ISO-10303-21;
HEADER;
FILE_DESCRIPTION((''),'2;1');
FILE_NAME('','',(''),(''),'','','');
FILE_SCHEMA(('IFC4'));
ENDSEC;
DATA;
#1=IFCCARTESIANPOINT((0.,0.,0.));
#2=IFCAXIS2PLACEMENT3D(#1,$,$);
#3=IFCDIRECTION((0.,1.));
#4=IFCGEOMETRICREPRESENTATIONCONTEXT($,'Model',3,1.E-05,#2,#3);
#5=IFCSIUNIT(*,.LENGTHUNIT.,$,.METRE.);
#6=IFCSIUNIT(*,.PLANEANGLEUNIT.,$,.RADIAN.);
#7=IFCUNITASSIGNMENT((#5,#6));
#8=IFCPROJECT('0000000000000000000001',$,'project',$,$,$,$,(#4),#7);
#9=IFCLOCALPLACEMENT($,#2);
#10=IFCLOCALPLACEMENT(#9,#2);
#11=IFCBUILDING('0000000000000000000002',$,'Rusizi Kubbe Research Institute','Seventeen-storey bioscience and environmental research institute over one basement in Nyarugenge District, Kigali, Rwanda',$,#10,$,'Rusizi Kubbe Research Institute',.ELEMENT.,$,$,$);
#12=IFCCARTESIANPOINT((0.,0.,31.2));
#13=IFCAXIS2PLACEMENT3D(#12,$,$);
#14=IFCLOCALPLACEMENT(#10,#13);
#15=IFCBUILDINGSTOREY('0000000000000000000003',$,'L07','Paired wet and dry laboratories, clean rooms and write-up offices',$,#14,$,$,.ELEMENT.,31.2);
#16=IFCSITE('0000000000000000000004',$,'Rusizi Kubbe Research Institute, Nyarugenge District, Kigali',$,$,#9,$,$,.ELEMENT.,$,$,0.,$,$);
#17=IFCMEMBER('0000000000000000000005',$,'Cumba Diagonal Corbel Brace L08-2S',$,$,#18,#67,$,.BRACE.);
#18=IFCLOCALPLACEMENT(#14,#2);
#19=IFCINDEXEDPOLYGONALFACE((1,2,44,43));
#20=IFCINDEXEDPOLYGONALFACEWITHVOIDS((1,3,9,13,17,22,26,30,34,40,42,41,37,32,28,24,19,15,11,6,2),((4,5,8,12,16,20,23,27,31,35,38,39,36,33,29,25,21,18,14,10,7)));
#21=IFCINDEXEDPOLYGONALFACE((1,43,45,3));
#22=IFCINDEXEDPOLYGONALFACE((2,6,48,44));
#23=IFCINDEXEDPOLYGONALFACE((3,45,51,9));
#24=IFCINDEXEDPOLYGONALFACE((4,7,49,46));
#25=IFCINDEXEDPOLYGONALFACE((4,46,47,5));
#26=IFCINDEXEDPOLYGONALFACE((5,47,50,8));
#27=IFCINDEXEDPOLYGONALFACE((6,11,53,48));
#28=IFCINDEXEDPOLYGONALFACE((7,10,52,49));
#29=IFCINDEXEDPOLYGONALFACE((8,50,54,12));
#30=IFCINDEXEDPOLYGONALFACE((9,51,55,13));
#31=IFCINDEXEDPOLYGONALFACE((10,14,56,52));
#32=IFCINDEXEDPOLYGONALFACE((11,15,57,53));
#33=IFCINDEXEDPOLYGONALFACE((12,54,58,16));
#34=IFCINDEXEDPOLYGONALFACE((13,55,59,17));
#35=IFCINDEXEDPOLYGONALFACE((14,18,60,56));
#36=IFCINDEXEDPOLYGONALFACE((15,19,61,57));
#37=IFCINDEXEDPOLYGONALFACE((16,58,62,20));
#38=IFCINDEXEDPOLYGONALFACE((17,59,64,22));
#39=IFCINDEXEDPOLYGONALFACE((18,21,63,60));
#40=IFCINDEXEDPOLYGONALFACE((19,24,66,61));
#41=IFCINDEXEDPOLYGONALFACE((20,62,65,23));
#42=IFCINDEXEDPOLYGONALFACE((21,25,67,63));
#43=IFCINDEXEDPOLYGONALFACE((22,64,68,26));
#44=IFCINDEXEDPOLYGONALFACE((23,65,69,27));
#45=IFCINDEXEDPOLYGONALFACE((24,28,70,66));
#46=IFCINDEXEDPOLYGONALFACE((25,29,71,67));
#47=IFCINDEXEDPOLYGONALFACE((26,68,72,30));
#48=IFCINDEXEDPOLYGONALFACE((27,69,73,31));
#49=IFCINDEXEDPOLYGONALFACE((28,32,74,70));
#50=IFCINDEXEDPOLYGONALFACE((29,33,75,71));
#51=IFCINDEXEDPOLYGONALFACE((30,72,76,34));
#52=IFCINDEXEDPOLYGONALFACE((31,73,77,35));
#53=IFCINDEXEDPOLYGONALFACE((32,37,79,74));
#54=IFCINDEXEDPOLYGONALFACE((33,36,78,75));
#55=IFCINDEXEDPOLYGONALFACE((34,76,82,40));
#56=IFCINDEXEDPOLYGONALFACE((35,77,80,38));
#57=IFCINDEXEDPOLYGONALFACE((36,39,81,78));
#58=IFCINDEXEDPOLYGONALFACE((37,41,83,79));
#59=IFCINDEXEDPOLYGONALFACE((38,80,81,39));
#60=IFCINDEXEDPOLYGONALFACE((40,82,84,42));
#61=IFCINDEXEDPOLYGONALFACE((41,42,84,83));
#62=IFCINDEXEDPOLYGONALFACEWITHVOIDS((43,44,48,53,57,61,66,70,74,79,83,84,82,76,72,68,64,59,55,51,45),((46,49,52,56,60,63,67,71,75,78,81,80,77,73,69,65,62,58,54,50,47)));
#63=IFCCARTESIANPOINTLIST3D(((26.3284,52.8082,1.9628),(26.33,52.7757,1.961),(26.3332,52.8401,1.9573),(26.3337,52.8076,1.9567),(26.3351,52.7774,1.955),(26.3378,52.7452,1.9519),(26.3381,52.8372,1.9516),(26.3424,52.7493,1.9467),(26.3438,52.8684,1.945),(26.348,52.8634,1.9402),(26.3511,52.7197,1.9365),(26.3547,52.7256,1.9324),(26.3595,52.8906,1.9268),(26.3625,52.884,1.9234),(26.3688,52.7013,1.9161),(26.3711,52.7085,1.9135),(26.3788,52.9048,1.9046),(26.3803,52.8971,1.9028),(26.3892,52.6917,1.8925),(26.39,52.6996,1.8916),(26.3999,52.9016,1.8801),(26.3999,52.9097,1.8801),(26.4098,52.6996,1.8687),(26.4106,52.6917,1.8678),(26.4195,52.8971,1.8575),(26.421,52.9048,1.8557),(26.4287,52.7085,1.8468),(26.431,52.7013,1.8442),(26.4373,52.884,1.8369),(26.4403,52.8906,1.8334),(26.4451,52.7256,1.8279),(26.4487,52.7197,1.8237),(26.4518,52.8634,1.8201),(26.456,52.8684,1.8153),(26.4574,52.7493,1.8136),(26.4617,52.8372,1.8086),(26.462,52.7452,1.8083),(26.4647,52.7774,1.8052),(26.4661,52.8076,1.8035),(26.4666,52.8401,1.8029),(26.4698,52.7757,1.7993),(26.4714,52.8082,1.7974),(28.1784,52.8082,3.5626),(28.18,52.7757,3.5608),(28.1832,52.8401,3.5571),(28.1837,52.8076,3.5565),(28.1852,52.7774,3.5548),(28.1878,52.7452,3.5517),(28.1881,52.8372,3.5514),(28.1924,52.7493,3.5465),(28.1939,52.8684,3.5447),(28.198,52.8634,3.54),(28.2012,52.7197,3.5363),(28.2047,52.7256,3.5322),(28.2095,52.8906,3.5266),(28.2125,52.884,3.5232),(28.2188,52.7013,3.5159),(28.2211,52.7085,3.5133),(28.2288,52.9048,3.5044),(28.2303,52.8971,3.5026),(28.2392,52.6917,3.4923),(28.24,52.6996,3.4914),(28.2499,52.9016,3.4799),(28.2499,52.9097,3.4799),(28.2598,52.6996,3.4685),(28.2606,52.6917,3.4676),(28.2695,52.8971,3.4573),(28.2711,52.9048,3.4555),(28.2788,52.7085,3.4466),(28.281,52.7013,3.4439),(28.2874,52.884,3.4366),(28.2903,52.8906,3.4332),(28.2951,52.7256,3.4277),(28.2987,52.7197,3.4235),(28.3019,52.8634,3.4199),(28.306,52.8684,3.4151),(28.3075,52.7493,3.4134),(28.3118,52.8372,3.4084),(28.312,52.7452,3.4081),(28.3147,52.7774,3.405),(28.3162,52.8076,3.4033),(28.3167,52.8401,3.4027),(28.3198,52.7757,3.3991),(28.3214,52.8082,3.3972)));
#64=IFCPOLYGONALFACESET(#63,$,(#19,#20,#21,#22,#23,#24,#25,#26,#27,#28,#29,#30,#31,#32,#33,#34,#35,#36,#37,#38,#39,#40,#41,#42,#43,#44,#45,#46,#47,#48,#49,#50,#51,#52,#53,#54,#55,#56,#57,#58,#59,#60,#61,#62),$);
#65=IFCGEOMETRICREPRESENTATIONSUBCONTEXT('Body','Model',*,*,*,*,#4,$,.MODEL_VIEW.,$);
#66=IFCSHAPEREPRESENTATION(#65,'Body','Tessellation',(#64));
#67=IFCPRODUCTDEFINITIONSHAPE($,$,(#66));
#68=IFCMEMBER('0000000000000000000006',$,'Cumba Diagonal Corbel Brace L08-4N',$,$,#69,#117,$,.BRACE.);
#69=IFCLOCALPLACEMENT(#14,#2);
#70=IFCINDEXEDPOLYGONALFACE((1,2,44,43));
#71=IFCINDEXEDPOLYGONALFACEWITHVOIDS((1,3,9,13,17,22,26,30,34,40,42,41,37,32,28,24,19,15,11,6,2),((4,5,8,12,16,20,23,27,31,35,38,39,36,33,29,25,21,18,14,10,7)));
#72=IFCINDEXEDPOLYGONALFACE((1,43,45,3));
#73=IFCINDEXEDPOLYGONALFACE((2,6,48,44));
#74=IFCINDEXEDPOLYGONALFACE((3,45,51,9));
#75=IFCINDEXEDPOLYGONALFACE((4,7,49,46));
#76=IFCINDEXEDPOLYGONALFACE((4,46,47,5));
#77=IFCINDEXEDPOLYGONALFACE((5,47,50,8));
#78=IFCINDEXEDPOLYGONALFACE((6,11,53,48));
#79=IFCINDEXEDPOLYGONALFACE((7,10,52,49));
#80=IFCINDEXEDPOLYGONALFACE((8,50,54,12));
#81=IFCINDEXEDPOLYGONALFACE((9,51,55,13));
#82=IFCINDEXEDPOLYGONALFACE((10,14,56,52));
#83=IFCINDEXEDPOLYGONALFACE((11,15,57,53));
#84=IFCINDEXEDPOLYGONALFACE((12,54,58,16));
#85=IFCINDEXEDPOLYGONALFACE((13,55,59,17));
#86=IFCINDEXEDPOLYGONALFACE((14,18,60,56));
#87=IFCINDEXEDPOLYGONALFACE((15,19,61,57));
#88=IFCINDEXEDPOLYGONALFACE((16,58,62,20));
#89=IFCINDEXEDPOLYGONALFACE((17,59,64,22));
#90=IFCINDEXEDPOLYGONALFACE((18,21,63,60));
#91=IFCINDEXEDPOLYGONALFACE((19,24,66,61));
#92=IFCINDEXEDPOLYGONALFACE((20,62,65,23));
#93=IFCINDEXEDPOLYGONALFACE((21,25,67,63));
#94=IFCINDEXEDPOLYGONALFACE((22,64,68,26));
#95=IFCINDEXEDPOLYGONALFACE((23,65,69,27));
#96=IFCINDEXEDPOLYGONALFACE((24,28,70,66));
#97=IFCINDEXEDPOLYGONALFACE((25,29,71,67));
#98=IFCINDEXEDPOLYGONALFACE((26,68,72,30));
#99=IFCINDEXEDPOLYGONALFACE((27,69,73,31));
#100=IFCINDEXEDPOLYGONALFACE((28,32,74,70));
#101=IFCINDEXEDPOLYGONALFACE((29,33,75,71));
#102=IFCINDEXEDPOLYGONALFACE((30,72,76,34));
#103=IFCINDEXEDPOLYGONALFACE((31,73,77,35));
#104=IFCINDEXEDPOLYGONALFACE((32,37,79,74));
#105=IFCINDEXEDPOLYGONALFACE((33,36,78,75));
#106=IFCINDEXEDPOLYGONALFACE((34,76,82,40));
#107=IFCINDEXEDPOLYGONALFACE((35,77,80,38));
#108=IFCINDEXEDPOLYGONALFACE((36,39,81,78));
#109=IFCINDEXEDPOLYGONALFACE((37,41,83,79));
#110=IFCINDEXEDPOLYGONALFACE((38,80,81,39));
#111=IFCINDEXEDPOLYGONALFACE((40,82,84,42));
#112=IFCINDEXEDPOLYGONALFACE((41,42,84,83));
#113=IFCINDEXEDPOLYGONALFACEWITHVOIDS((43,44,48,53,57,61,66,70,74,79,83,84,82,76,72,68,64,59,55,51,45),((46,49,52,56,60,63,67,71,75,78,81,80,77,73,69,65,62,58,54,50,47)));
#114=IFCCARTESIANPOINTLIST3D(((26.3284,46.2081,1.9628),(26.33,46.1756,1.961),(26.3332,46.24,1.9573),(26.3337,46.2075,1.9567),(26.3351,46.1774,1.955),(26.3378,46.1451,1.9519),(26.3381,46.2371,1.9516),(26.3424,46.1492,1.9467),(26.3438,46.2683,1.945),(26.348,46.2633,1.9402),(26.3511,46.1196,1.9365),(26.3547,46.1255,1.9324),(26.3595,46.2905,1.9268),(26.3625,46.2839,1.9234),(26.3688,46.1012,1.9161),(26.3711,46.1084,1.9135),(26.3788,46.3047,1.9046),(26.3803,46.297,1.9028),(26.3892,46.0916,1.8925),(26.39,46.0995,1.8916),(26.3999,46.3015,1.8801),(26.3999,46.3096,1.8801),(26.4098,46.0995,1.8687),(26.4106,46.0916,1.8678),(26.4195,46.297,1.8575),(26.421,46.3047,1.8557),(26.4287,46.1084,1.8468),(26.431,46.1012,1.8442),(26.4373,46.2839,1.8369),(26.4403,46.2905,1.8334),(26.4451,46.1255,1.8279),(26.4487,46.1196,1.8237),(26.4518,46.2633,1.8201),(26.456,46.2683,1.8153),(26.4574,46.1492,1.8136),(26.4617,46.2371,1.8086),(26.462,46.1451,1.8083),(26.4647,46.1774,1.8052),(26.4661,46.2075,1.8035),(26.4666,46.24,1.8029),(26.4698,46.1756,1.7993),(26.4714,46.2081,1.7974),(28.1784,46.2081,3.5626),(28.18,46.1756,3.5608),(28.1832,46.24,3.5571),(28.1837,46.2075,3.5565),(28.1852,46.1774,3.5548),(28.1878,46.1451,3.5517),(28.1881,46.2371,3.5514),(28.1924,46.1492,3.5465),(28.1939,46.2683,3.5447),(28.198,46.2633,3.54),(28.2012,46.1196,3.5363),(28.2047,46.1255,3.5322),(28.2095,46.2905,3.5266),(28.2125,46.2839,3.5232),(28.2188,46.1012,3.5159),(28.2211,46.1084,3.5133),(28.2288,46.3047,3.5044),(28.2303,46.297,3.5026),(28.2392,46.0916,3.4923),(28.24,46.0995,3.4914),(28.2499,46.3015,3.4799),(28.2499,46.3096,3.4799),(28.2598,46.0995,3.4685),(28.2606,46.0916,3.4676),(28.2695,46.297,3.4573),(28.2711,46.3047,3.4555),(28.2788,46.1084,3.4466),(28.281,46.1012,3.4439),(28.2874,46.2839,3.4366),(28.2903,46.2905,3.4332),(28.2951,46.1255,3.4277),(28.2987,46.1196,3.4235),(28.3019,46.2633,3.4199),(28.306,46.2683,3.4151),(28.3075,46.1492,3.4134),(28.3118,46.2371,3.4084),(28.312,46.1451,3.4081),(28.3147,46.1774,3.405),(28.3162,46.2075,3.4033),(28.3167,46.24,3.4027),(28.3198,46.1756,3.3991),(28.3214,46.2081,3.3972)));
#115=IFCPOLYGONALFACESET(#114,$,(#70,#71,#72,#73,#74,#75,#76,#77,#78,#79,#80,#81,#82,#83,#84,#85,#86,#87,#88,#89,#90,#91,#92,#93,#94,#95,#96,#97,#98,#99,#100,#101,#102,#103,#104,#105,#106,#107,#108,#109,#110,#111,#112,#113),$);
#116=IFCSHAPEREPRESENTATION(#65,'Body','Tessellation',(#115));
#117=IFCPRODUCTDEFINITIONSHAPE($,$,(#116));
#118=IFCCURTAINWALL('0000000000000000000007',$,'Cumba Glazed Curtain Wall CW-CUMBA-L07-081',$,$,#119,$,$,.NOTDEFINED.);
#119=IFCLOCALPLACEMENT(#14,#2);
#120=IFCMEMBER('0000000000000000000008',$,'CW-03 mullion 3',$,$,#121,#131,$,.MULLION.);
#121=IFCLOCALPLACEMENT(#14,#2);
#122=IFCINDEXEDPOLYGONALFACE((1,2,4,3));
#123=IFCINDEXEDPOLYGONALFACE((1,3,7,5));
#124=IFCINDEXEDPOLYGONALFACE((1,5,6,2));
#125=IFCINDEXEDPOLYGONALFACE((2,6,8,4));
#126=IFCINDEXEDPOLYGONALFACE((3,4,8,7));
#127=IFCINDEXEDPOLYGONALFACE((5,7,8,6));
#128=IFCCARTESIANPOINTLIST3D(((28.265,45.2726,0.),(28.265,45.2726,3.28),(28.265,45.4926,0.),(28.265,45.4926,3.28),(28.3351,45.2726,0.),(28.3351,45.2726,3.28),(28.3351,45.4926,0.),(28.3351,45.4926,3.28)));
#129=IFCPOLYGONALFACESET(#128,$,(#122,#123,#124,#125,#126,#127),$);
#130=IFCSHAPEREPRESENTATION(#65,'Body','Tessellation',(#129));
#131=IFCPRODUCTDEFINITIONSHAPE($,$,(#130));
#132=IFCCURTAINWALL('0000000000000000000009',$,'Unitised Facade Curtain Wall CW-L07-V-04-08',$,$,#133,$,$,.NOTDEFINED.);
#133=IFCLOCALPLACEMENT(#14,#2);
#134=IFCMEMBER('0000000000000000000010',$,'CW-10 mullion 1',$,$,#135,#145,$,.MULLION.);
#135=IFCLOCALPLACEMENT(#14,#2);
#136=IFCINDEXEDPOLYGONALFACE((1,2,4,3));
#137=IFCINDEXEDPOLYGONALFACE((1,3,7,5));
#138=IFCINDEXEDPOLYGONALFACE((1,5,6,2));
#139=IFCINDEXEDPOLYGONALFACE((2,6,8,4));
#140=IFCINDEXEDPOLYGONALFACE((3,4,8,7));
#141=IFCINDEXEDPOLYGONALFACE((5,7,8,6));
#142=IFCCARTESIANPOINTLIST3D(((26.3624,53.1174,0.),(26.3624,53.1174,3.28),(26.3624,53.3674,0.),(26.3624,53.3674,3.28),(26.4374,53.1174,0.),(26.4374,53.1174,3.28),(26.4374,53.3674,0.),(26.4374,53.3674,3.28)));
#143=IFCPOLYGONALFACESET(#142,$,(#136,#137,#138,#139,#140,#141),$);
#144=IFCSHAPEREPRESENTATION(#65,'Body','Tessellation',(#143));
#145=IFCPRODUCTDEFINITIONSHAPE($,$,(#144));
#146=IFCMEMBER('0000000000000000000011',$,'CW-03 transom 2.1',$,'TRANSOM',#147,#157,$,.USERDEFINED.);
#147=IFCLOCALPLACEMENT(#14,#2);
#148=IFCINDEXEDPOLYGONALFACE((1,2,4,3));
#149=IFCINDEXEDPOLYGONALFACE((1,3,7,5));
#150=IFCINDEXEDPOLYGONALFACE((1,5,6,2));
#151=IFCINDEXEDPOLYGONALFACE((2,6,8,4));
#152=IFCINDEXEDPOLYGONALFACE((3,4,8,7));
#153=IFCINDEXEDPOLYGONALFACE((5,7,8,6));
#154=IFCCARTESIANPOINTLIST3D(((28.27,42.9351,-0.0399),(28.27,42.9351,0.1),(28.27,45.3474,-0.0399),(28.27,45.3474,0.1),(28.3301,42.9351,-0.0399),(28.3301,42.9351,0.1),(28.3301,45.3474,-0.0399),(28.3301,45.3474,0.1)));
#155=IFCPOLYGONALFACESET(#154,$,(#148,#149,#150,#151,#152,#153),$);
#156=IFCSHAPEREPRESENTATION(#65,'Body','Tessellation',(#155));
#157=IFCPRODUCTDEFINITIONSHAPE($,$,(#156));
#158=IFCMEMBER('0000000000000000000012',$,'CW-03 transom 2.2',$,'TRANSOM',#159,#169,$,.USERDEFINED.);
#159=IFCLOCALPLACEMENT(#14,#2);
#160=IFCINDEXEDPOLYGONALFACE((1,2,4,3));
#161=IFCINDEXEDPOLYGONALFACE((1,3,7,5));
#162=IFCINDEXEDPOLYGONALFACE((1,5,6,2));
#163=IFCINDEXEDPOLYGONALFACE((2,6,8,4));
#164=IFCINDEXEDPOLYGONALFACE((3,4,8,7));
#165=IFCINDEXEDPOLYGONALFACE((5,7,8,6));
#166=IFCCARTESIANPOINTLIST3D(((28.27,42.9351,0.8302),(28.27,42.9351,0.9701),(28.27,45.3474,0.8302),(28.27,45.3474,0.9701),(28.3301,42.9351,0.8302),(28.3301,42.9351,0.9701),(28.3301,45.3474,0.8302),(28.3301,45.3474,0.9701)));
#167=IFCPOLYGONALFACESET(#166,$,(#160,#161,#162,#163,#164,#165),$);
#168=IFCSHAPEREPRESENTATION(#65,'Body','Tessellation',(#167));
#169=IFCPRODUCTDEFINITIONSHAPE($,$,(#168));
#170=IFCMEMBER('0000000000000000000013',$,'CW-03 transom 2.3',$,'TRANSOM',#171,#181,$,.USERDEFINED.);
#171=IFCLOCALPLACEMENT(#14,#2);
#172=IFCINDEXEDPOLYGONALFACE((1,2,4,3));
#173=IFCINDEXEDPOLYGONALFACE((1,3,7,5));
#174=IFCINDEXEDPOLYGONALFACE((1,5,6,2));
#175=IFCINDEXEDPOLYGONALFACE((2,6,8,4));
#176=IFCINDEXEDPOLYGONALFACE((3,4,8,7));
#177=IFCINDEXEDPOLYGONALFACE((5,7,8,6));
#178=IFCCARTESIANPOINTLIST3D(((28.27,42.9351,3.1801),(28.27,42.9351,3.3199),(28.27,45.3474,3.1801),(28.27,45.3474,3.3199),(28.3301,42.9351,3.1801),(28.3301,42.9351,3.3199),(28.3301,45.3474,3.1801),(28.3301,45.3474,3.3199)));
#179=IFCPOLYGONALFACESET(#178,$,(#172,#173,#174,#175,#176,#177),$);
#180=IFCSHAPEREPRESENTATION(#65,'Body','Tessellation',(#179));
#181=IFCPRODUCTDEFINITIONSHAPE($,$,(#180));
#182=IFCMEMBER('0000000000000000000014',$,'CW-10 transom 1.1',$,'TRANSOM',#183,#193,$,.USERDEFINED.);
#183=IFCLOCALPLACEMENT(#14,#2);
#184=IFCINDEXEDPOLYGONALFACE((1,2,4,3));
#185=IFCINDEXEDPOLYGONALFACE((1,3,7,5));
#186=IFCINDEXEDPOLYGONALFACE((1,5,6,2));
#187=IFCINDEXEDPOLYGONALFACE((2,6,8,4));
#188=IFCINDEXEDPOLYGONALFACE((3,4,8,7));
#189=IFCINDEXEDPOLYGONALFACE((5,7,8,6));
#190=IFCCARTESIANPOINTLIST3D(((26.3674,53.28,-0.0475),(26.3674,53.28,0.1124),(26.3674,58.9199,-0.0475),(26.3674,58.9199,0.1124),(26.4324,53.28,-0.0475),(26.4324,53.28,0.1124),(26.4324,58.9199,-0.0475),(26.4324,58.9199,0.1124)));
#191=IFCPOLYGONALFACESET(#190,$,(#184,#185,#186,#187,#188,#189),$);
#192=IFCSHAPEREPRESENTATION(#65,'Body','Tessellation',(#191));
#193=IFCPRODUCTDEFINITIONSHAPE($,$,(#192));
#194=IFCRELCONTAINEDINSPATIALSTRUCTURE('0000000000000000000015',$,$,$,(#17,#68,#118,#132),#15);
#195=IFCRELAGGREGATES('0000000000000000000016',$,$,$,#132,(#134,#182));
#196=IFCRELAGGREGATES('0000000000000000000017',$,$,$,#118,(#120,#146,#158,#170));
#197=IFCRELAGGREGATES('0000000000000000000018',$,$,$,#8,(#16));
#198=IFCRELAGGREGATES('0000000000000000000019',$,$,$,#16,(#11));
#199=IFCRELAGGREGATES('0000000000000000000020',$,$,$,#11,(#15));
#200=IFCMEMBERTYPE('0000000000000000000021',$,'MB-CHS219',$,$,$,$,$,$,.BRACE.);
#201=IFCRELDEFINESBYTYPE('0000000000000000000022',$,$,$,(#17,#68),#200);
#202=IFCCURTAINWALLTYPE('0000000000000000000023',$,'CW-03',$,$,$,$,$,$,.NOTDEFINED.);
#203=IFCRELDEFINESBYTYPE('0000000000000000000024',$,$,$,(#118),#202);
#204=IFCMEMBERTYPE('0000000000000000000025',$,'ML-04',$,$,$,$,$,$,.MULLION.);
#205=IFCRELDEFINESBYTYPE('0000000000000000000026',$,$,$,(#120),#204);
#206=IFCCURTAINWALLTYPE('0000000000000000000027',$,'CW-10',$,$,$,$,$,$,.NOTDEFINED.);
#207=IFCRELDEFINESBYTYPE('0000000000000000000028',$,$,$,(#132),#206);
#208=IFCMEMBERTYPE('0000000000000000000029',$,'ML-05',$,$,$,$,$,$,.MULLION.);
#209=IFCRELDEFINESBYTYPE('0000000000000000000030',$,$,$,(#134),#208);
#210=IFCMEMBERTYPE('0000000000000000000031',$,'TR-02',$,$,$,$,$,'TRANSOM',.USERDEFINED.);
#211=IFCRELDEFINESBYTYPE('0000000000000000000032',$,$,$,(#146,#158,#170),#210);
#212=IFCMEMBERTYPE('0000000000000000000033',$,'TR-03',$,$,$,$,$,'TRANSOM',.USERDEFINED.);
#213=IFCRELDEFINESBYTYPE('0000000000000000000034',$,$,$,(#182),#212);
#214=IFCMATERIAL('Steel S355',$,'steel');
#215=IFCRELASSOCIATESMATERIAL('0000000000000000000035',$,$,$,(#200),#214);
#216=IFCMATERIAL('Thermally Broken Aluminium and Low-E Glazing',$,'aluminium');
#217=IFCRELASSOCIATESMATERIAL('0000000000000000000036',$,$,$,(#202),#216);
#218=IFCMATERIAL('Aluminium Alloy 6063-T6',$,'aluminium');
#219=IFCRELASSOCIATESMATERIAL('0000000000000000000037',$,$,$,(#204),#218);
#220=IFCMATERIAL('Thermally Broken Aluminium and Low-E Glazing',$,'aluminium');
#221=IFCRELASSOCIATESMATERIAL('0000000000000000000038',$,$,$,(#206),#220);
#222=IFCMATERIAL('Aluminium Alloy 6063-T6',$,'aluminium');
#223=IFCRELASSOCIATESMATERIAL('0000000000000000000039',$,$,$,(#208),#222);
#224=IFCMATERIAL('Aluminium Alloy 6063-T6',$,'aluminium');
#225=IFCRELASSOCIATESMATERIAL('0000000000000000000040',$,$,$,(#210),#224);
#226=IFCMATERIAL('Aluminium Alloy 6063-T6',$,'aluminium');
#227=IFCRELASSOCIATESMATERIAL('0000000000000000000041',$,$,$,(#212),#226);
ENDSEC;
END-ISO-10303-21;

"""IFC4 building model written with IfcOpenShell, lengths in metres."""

from ifc_helpers import new_model, si_unit, direction, frame, origin, origin_2d, place, context, subcontext, project, spatial, rectangle, hollow_circle, extrude, material, material_profile, profile_set, type_object, element, aggregate, save


model = new_model("IFC4")

# Units and contexts
model_context = context("Model", 3, precision=1e-05, world=origin(), true_north=direction((0.0, 1.0)))
body_context = subcontext(model_context, "Body", "Model", "MODEL_VIEW")
ifc_project = project(units=[si_unit("LENGTHUNIT", "METRE"), si_unit("PLANEANGLEUNIT", "RADIAN")], contexts=[model_context])

# Site, building, storey
site_placement = place(None, origin())
site = spatial("IfcSite", under=ifc_project, at=site_placement, Name="Rusizi Kubbe Research Institute, Nyarugenge District, Kigali", CompositionType="ELEMENT", RefElevation=0.0)
building_placement = place(site_placement, origin())
building = spatial("IfcBuilding", under=site, at=building_placement, Name="Rusizi Kubbe Research Institute", Description="Seventeen-storey bioscience and environmental research institute over one basement in Nyarugenge District, Kigali, Rwanda", LongName="Rusizi Kubbe Research Institute", CompositionType="ELEMENT")
storey_placement = place(building_placement, frame((0.0, 0.0, 31.2)))
storey = spatial("IfcBuildingStorey", under=building, at=storey_placement, Name="L07", Description="Paired wet and dry laboratories, clean rooms and write-up offices", CompositionType="ELEMENT", Elevation=31.2)

# Members
ifc_material_1 = material(Name="Steel S355", Category="steel")
ifc_material_profile_1 = material_profile(ifc_material_1, hollow_circle(Radius=0.1096, WallThickness=0.0081, at=origin_2d()), Name="CHS 219.1x8.0")
ifc_profile_set_1 = profile_set([ifc_material_profile_1], Name="Steel S355")
member_type_1 = type_object("IfcMemberType", Name="MB-CHS219", PredefinedType="BRACE", material=ifc_profile_set_1)
for number, where, z_axis, x_axis, name in (
    (1, (26.3999, 52.8, 1.8801), (0.75641, 0.0, 0.654098), (0.0, 1.0, 0.0), "Cumba Diagonal Corbel Brace L08-2S"),
    (2, (26.3999, 46.2, 1.8801), (0.75641, 0.0, 0.654098), (0.0, 1.0, 0.0), "Cumba Diagonal Corbel Brace L08-4N"),
):
    element("IfcMember", number, at=place(storey_placement, frame(where, z_axis=z_axis, x_axis=x_axis)), inside=storey, type_object=member_type_1, Name=name, PredefinedType="BRACE", context=body_context, shape_type="SweptSolid", body=[
        extrude(hollow_circle(Radius=0.1096, WallThickness=0.0081, at=origin_2d()), origin(), (0.0, 0.0, 1.0), 2.4458),
    ])

# Curtain walls, members
ifc_material_2 = material(Name="Thermally Broken Aluminium and Low-E Glazing", Category="aluminium")
curtain_wall_type_1 = type_object("IfcCurtainWallType", Name="CW-03", PredefinedType="NOTDEFINED", material=ifc_material_2)
curtain_wall_1_placement = place(storey_placement, origin())
curtain_wall_1 = element("IfcCurtainWall", 3, at=curtain_wall_1_placement, inside=storey, type_object=curtain_wall_type_1, Name="Cumba Glazed Curtain Wall CW-CUMBA-L07-081", PredefinedType="NOTDEFINED")
ifc_material_3 = material(Name="Aluminium Alloy 6063-T6", Category="aluminium")
ifc_material_profile_2 = material_profile(ifc_material_3, rectangle(XDim=0.0701, YDim=0.22, at=origin_2d()), Name="ALU-M 70x220")
ifc_profile_set_2 = profile_set([ifc_material_profile_2], Name="Aluminium Alloy 6063-T6")
member_type_2 = type_object("IfcMemberType", Name="ML-04", PredefinedType="MULLION", material=ifc_profile_set_2)
member_1_placement = place(storey_placement, frame((28.3, 45.3826, 0.0), z_axis=(0.0, 0.0, 1.0), x_axis=(-1.0, 0.0, 0.0)))
member_1 = element("IfcMember", 4, at=member_1_placement, type_object=member_type_2, Name="CW-03 mullion 3", PredefinedType="MULLION", context=body_context, shape_type="SweptSolid", body=[
    extrude(rectangle(XDim=0.0701, YDim=0.22, at=origin_2d()), origin(), (0.0, 0.0, 1.0), 3.28),
])
ifc_material_4 = material(Name="Thermally Broken Aluminium and Low-E Glazing", Category="aluminium")
curtain_wall_type_2 = type_object("IfcCurtainWallType", Name="CW-10", PredefinedType="NOTDEFINED", material=ifc_material_4)
curtain_wall_2_placement = place(storey_placement, origin())
curtain_wall_2 = element("IfcCurtainWall", 5, at=curtain_wall_2_placement, inside=storey, type_object=curtain_wall_type_2, Name="Unitised Facade Curtain Wall CW-L07-V-04-08", PredefinedType="NOTDEFINED")
ifc_material_5 = material(Name="Aluminium Alloy 6063-T6", Category="aluminium")
ifc_material_profile_3 = material_profile(ifc_material_5, rectangle(XDim=0.075, YDim=0.25, at=origin_2d()), Name="ALU-M 75x250")
ifc_profile_set_3 = profile_set([ifc_material_profile_3], Name="Aluminium Alloy 6063-T6")
member_type_3 = type_object("IfcMemberType", Name="ML-05", PredefinedType="MULLION", material=ifc_profile_set_3)
member_2_placement = place(storey_placement, frame((26.3999, 53.2424, 0.0), z_axis=(0.0, 0.0, 1.0), x_axis=(-1.0, 0.0, 0.0)))
member_2 = element("IfcMember", 6, at=member_2_placement, type_object=member_type_3, Name="CW-10 mullion 1", PredefinedType="MULLION", context=body_context, shape_type="SweptSolid", body=[
    extrude(rectangle(XDim=0.075, YDim=0.25, at=origin_2d()), origin(), (0.0, 0.0, 1.0), 3.28),
])

# Members
ifc_material_6 = material(Name="Aluminium Alloy 6063-T6", Category="aluminium")
ifc_material_profile_4 = material_profile(ifc_material_6, rectangle(XDim=0.0601, YDim=0.1399, at=origin_2d()), Name="ALU-T 60x140")
ifc_profile_set_4 = profile_set([ifc_material_profile_4], Name="Aluminium Alloy 6063-T6")
member_type_4 = type_object("IfcMemberType", Name="TR-02", ElementType="TRANSOM", PredefinedType="USERDEFINED", material=ifc_profile_set_4)
member_3_placement = place(storey_placement, frame((28.3, 42.9351, 0.03), z_axis=(0.0, 1.0, 0.0), x_axis=(-1.0, 0.0, 0.0)))
member_3 = element("IfcMember", 7, at=member_3_placement, type_object=member_type_4, Name="CW-03 transom 2.1", ObjectType="TRANSOM", PredefinedType="USERDEFINED", context=body_context, shape_type="SweptSolid", body=[
    extrude(rectangle(XDim=0.0601, YDim=0.1399, at=origin_2d()), origin(), (0.0, 0.0, 1.0), 2.4124),
])
member_4_placement = place(storey_placement, frame((28.3, 42.9351, 0.9001), z_axis=(0.0, 1.0, 0.0), x_axis=(-1.0, 0.0, 0.0)))
member_4 = element("IfcMember", 8, at=member_4_placement, type_object=member_type_4, Name="CW-03 transom 2.2", ObjectType="TRANSOM", PredefinedType="USERDEFINED", context=body_context, shape_type="SweptSolid", body=[
    extrude(rectangle(XDim=0.0601, YDim=0.1399, at=origin_2d()), origin(), (0.0, 0.0, 1.0), 2.4124),
])
member_5_placement = place(storey_placement, frame((28.3, 42.9351, 3.25), z_axis=(0.0, 1.0, 0.0), x_axis=(-1.0, 0.0, 0.0)))
member_5 = element("IfcMember", 9, at=member_5_placement, type_object=member_type_4, Name="CW-03 transom 2.3", ObjectType="TRANSOM", PredefinedType="USERDEFINED", context=body_context, shape_type="SweptSolid", body=[
    extrude(rectangle(XDim=0.0601, YDim=0.1399, at=origin_2d()), origin(), (0.0, 0.0, 1.0), 2.4124),
])
ifc_material_7 = material(Name="Aluminium Alloy 6063-T6", Category="aluminium")
ifc_material_profile_5 = material_profile(ifc_material_7, rectangle(XDim=0.0649, YDim=0.1599, at=origin_2d()), Name="ALU-T 65x160")
ifc_profile_set_5 = profile_set([ifc_material_profile_5], Name="Aluminium Alloy 6063-T6")
member_type_5 = type_object("IfcMemberType", Name="TR-03", ElementType="TRANSOM", PredefinedType="USERDEFINED", material=ifc_profile_set_5)
member_6_placement = place(storey_placement, frame((26.3999, 53.28, 0.0325), z_axis=(0.0, 1.0, 0.0), x_axis=(-1.0, 0.0, 0.0)))
member_6 = element("IfcMember", 10, at=member_6_placement, type_object=member_type_5, Name="CW-10 transom 1.1", ObjectType="TRANSOM", PredefinedType="USERDEFINED", context=body_context, shape_type="SweptSolid", body=[
    extrude(rectangle(XDim=0.0649, YDim=0.1599, at=origin_2d()), origin(), (0.0, 0.0, 1.0), 5.6399),
])
aggregate(curtain_wall_2, [member_2, member_6])

aggregate(curtain_wall_1, [member_1, member_3, member_4, member_5])

save(model, "model.ifc")
